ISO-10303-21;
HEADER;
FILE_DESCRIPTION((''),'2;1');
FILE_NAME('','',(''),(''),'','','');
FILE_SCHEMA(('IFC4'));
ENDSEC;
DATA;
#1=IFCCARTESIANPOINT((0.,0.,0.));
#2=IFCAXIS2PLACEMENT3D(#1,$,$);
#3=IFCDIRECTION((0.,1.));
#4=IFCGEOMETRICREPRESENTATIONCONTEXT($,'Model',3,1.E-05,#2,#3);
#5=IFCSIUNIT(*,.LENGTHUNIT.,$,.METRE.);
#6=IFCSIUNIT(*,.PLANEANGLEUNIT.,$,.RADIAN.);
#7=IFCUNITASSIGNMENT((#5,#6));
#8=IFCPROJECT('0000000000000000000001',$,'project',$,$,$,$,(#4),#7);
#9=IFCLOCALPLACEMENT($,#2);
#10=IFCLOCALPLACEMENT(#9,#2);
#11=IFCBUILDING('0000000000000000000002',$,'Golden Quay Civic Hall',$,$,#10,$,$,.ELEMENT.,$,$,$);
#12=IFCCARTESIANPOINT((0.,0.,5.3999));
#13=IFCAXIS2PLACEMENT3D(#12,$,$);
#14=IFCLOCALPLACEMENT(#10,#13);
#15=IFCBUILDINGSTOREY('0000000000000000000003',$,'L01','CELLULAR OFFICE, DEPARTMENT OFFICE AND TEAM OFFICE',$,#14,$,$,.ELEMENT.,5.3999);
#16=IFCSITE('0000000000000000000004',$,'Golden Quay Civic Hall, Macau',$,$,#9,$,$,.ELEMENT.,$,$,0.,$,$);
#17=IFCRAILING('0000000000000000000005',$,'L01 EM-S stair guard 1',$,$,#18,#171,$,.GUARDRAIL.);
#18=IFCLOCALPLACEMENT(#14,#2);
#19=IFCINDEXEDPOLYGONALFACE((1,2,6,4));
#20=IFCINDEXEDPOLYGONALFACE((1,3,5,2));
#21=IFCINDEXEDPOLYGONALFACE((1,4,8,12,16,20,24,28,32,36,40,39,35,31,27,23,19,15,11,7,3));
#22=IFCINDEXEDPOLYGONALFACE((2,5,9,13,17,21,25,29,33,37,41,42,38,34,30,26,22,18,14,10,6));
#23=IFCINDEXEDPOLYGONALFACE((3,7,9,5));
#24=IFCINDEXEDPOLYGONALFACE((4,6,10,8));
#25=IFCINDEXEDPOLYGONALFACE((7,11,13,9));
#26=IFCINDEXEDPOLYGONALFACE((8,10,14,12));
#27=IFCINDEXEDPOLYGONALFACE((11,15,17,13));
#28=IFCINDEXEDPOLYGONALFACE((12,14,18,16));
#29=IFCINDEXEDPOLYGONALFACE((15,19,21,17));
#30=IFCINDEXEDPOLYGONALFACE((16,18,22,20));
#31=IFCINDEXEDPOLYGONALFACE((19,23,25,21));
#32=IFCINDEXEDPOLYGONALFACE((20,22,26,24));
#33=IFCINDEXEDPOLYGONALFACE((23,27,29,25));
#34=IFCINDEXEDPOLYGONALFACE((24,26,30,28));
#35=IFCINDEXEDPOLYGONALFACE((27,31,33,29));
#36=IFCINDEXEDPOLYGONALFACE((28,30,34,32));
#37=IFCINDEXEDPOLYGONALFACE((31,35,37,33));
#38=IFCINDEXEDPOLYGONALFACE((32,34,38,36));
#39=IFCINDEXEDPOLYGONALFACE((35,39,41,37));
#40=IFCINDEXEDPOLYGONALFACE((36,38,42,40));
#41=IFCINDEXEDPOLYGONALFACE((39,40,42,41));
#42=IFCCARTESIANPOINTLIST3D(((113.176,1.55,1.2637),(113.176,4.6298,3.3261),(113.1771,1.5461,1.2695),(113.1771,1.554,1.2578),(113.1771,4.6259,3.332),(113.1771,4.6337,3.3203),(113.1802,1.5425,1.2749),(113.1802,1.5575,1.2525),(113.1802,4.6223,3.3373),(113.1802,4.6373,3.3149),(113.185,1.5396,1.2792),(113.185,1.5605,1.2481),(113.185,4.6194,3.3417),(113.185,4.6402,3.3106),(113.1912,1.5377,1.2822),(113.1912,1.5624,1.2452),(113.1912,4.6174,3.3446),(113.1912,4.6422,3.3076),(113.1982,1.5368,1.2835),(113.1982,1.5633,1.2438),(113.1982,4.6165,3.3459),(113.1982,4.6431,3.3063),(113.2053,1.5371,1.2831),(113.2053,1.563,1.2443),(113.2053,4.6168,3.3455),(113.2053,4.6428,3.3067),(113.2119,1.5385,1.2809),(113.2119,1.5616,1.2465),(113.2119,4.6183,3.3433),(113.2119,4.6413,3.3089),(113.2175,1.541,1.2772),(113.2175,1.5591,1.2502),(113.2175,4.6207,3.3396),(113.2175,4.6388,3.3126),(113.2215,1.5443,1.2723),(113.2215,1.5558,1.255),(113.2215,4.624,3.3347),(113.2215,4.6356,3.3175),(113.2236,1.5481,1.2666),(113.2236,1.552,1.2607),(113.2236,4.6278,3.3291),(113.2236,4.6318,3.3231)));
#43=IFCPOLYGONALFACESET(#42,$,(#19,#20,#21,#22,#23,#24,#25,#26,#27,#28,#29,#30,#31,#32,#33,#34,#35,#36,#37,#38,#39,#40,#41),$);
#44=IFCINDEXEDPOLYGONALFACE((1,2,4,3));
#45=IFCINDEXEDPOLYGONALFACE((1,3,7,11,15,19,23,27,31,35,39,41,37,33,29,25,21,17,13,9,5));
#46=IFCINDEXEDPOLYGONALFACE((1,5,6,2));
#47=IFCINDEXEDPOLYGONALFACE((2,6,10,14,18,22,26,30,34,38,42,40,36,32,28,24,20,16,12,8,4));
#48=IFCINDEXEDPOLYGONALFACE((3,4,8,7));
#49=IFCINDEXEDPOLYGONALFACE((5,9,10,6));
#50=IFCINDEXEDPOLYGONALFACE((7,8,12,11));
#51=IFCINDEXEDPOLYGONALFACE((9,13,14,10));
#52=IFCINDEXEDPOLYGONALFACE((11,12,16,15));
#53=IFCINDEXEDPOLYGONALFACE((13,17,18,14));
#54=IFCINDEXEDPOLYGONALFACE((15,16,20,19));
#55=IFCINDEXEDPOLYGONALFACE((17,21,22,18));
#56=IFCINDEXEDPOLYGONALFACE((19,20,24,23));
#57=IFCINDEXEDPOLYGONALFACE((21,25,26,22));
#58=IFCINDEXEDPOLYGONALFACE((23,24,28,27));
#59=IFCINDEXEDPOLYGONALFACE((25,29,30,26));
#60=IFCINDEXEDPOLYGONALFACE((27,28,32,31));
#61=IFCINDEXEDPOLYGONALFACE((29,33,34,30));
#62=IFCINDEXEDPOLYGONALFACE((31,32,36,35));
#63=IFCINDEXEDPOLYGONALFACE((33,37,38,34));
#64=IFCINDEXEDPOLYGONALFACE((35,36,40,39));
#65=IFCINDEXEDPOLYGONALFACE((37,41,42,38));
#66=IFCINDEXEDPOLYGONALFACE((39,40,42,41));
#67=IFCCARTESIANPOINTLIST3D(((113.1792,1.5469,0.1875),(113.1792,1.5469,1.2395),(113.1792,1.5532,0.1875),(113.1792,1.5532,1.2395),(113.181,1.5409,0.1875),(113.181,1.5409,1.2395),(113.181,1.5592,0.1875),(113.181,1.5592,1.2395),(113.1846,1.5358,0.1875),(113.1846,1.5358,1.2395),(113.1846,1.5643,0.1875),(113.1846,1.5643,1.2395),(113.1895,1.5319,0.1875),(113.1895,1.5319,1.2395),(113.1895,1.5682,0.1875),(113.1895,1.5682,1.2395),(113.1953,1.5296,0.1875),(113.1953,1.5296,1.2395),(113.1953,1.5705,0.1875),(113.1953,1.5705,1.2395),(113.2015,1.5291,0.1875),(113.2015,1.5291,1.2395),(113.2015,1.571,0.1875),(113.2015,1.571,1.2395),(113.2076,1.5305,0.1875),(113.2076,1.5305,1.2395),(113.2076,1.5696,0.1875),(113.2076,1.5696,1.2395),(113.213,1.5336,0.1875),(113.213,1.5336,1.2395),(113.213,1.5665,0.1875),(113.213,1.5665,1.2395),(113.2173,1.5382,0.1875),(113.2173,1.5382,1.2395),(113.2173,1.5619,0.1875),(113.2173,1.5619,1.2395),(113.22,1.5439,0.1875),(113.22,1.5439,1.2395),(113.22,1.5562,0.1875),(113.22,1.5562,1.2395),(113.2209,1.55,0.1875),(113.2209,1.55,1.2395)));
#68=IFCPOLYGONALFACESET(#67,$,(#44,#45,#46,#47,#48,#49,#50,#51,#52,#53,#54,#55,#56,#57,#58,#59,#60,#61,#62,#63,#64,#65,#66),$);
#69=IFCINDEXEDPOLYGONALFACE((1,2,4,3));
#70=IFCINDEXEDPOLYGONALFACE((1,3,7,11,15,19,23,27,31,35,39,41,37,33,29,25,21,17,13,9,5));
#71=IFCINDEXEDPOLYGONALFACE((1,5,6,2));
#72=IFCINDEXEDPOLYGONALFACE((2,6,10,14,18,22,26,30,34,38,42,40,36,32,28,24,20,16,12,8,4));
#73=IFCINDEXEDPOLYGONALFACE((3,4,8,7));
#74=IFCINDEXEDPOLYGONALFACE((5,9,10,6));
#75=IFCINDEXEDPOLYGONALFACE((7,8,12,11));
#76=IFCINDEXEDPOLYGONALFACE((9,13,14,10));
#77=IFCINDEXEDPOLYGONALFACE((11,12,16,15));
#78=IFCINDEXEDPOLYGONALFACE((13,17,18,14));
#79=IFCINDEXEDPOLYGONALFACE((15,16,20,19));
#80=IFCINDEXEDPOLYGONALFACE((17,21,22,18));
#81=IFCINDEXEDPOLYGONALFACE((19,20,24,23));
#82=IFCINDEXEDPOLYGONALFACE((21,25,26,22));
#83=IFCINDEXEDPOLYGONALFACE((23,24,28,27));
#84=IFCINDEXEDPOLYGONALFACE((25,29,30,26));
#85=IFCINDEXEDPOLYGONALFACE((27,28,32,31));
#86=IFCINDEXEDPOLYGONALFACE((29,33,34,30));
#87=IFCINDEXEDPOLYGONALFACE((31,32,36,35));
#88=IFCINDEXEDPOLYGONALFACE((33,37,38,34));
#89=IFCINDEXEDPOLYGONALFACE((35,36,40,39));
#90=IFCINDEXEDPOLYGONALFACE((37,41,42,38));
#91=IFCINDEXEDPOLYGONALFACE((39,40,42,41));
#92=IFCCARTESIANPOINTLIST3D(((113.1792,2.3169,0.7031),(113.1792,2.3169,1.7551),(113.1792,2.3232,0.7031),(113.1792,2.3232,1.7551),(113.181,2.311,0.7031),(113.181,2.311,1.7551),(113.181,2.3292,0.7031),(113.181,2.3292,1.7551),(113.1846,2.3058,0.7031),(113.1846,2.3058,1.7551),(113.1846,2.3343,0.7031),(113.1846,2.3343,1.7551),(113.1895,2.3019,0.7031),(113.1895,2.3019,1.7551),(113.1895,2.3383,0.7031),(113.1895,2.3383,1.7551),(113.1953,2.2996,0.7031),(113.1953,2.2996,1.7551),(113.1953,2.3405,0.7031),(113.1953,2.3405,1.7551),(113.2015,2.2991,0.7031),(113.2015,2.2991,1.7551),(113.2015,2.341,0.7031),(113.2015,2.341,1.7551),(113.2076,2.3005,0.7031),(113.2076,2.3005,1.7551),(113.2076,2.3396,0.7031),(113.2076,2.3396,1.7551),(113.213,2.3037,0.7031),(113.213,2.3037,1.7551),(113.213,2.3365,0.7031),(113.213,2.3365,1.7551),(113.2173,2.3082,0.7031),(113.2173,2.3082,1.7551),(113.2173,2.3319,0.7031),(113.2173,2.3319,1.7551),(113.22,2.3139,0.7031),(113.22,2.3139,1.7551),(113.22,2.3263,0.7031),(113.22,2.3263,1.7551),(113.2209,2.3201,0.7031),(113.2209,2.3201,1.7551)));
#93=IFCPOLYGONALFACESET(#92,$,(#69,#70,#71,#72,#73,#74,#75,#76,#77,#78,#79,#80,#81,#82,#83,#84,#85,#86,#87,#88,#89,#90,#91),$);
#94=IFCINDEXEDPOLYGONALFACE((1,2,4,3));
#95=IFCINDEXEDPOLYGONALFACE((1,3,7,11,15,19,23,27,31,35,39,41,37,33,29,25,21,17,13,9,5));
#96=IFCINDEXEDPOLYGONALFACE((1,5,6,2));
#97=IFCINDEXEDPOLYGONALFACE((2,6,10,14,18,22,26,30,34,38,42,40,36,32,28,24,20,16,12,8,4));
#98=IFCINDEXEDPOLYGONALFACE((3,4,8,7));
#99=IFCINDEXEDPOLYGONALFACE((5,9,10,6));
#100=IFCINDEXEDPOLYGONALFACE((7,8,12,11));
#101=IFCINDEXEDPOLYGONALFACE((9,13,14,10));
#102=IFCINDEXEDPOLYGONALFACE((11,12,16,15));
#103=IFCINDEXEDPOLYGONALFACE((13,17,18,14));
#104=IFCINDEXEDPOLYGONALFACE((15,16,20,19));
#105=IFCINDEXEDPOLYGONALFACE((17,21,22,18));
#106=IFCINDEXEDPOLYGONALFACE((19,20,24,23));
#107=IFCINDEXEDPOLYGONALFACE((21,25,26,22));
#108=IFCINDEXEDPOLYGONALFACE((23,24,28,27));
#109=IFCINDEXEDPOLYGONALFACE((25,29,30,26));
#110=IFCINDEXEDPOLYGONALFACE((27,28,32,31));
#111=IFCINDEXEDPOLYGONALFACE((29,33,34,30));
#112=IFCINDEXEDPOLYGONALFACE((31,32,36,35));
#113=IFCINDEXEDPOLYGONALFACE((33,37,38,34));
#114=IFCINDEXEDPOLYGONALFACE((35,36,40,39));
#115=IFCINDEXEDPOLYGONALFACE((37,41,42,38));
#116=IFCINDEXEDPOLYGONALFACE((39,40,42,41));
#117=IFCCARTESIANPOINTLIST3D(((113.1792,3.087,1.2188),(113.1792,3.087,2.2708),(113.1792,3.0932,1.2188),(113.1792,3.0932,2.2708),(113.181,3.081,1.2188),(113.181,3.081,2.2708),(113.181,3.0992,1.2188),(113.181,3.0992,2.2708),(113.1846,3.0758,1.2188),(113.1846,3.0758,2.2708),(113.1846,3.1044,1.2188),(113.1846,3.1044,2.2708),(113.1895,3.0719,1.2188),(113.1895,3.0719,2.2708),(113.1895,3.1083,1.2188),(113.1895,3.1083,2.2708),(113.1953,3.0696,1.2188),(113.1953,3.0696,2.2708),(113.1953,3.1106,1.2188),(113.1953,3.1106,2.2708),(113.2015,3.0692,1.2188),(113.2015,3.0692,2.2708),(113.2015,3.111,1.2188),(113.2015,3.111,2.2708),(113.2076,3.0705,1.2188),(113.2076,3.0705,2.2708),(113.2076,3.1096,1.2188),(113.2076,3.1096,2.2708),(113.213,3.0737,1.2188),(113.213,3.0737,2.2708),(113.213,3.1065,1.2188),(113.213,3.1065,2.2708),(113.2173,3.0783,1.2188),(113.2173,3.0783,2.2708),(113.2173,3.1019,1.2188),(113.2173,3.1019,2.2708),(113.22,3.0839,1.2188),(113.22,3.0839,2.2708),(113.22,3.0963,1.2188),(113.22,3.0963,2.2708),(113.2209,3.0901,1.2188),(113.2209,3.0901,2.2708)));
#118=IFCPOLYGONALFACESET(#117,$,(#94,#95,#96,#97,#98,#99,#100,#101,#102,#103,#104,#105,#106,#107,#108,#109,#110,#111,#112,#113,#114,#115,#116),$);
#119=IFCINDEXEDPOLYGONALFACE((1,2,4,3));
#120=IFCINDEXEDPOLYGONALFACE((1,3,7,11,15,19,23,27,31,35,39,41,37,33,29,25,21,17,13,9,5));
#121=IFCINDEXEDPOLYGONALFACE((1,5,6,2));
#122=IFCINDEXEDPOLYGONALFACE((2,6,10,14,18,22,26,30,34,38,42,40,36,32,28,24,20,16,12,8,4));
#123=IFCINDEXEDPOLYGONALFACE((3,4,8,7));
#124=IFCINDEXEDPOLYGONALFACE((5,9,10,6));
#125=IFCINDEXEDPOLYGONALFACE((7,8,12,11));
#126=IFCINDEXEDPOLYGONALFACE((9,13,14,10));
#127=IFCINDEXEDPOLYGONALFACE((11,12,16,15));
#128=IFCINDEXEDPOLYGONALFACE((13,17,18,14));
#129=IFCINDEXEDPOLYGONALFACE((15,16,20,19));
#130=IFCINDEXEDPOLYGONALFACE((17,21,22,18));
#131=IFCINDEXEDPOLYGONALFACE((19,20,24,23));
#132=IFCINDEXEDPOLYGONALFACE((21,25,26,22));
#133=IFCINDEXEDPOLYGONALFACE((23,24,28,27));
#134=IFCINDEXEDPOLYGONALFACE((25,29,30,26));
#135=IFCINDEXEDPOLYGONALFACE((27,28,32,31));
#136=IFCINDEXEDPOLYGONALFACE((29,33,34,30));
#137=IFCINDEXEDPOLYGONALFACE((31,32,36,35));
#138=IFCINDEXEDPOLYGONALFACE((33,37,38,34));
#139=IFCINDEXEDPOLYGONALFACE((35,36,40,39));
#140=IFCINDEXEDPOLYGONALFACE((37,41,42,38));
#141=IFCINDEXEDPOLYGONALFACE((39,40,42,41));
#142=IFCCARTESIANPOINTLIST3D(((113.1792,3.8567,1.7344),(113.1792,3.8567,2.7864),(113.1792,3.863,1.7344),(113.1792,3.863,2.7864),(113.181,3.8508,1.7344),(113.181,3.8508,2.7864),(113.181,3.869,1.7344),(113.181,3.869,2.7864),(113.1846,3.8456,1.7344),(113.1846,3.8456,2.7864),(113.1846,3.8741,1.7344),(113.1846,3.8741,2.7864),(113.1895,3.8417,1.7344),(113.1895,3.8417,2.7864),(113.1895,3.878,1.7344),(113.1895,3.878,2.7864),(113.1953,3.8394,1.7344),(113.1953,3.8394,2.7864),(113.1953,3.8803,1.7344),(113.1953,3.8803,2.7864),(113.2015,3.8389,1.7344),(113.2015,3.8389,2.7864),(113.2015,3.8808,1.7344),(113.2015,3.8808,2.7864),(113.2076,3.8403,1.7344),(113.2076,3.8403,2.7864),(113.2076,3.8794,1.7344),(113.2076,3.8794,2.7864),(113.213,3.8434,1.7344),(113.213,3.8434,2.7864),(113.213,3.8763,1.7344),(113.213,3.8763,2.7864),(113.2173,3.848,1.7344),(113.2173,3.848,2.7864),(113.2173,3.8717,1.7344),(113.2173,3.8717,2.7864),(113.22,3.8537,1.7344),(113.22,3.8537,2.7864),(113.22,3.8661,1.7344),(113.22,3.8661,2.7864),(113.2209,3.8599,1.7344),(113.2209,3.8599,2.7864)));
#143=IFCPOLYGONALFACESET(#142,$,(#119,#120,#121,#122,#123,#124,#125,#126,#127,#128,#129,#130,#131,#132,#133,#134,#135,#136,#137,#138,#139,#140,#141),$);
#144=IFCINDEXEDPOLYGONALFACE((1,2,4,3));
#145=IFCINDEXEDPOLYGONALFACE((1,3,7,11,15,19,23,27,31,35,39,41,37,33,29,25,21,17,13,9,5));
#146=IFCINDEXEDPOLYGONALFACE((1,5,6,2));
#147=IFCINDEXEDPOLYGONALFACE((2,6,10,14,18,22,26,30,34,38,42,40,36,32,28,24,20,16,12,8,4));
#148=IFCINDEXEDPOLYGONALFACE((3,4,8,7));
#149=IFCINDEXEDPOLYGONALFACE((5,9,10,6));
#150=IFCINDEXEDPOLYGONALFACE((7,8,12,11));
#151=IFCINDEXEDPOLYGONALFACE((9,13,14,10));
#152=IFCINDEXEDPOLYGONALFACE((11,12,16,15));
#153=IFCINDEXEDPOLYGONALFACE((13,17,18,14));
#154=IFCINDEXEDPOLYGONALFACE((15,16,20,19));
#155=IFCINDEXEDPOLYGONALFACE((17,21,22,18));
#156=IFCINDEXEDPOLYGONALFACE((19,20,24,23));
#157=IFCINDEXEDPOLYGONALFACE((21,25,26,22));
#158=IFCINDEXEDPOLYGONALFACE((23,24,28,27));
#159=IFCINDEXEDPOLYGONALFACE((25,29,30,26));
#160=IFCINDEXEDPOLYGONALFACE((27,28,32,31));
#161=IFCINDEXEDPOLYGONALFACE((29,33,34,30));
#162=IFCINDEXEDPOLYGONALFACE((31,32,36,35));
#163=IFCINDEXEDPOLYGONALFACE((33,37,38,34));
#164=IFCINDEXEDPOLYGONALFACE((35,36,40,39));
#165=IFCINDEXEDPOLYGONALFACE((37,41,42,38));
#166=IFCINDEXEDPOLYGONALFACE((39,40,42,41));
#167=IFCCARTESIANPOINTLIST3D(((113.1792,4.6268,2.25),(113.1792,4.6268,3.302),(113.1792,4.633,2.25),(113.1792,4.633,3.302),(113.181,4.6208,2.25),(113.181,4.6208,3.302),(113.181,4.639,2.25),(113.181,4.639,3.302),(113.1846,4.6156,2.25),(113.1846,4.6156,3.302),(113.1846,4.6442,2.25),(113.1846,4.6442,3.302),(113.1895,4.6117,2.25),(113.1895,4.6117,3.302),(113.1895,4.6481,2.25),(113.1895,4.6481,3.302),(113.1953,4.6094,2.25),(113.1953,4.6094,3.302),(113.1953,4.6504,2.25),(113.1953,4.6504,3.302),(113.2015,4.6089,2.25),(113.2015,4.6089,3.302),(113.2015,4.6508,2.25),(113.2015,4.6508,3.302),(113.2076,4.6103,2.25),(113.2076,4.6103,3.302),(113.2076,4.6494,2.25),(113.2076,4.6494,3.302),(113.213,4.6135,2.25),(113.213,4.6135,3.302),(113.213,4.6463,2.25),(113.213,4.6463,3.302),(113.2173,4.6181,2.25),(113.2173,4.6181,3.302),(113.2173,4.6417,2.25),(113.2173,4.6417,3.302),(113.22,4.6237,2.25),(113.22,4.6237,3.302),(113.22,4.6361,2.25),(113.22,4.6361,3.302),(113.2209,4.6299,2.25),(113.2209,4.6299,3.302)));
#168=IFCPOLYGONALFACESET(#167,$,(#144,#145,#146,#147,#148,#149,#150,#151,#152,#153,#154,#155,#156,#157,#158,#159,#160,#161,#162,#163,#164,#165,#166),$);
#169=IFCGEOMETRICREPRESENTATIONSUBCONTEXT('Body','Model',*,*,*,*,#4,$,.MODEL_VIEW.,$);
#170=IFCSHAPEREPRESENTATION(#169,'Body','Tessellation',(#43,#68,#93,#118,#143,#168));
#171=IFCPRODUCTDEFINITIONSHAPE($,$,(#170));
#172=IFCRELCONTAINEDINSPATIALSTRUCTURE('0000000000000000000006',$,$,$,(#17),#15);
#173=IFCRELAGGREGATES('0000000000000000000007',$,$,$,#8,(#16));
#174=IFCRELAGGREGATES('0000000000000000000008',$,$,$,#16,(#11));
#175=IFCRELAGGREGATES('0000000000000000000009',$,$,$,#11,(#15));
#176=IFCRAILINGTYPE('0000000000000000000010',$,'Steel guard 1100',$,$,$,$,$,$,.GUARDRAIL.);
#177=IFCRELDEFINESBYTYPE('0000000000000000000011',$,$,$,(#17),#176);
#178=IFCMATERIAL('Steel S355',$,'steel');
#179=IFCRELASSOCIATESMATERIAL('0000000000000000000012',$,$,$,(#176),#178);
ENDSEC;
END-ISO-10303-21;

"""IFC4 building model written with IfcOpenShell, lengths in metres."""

from ifc_helpers import new_model, si_unit, direction, frame, origin, origin_2d, place, context, subcontext, project, spatial, circle, extrude, material, type_object, element, save


model = new_model("IFC4")

# Units and contexts
model_context = context("Model", 3, precision=1e-05, world=origin(), true_north=direction((0.0, 1.0)))
body_context = subcontext(model_context, "Body", "Model", "MODEL_VIEW")
ifc_project = project(units=[si_unit("LENGTHUNIT", "METRE"), si_unit("PLANEANGLEUNIT", "RADIAN")], contexts=[model_context])

# Site, building, storey
site_placement = place(None, origin())
site = spatial("IfcSite", under=ifc_project, at=site_placement, Name="Golden Quay Civic Hall, Macau", CompositionType="ELEMENT", RefElevation=0.0)
building_placement = place(site_placement, origin())
building = spatial("IfcBuilding", under=site, at=building_placement, Name="Golden Quay Civic Hall", CompositionType="ELEMENT")
storey_placement = place(building_placement, frame((0.0, 0.0, 5.3999)))
storey = spatial("IfcBuildingStorey", under=building, at=storey_placement, Name="L01", Description="CELLULAR OFFICE, DEPARTMENT OFFICE AND TEAM OFFICE", CompositionType="ELEMENT", Elevation=5.3999)

# Railing
ifc_material_1 = material(Name="Steel S355", Category="steel")
railing_type_1 = type_object("IfcRailingType", Name="Steel guard 1100", PredefinedType="GUARDRAIL", material=ifc_material_1)
railing_1_placement = place(storey_placement, frame((113.2, 1.55, 0.1875)))
element("IfcRailing", 1, at=railing_1_placement, inside=storey, type_object=railing_type_1, Name="L01 EM-S stair guard 1", PredefinedType="GUARDRAIL", context=body_context, shape_type="SweptSolid", body=[
    extrude(circle(Radius=0.0239, at=origin_2d()), frame((0.0, 0.0, 1.0762), z_axis=(0.0, 0.830893, 0.556432), x_axis=(-1.0, 0.0, 0.0)), (0.0, 0.0, 1.0), 3.7065),
    extrude(circle(Radius=0.021, at=origin_2d()), origin(), (0.0, 0.0, 1.0), 1.052),
    extrude(circle(Radius=0.021, at=origin_2d()), frame((0.0, 0.77, 0.5156)), (0.0, 0.0, 1.0), 1.052),
    extrude(circle(Radius=0.021, at=origin_2d()), frame((0.0, 1.54, 1.0312)), (0.0, 0.0, 1.0), 1.052),
    extrude(circle(Radius=0.021, at=origin_2d()), frame((0.0, 2.3098, 1.5469)), (0.0, 0.0, 1.0), 1.052),
    extrude(circle(Radius=0.021, at=origin_2d()), frame((0.0, 3.0798, 2.0625)), (0.0, 0.0, 1.0), 1.052),
])

save(model, "model.ifc")
